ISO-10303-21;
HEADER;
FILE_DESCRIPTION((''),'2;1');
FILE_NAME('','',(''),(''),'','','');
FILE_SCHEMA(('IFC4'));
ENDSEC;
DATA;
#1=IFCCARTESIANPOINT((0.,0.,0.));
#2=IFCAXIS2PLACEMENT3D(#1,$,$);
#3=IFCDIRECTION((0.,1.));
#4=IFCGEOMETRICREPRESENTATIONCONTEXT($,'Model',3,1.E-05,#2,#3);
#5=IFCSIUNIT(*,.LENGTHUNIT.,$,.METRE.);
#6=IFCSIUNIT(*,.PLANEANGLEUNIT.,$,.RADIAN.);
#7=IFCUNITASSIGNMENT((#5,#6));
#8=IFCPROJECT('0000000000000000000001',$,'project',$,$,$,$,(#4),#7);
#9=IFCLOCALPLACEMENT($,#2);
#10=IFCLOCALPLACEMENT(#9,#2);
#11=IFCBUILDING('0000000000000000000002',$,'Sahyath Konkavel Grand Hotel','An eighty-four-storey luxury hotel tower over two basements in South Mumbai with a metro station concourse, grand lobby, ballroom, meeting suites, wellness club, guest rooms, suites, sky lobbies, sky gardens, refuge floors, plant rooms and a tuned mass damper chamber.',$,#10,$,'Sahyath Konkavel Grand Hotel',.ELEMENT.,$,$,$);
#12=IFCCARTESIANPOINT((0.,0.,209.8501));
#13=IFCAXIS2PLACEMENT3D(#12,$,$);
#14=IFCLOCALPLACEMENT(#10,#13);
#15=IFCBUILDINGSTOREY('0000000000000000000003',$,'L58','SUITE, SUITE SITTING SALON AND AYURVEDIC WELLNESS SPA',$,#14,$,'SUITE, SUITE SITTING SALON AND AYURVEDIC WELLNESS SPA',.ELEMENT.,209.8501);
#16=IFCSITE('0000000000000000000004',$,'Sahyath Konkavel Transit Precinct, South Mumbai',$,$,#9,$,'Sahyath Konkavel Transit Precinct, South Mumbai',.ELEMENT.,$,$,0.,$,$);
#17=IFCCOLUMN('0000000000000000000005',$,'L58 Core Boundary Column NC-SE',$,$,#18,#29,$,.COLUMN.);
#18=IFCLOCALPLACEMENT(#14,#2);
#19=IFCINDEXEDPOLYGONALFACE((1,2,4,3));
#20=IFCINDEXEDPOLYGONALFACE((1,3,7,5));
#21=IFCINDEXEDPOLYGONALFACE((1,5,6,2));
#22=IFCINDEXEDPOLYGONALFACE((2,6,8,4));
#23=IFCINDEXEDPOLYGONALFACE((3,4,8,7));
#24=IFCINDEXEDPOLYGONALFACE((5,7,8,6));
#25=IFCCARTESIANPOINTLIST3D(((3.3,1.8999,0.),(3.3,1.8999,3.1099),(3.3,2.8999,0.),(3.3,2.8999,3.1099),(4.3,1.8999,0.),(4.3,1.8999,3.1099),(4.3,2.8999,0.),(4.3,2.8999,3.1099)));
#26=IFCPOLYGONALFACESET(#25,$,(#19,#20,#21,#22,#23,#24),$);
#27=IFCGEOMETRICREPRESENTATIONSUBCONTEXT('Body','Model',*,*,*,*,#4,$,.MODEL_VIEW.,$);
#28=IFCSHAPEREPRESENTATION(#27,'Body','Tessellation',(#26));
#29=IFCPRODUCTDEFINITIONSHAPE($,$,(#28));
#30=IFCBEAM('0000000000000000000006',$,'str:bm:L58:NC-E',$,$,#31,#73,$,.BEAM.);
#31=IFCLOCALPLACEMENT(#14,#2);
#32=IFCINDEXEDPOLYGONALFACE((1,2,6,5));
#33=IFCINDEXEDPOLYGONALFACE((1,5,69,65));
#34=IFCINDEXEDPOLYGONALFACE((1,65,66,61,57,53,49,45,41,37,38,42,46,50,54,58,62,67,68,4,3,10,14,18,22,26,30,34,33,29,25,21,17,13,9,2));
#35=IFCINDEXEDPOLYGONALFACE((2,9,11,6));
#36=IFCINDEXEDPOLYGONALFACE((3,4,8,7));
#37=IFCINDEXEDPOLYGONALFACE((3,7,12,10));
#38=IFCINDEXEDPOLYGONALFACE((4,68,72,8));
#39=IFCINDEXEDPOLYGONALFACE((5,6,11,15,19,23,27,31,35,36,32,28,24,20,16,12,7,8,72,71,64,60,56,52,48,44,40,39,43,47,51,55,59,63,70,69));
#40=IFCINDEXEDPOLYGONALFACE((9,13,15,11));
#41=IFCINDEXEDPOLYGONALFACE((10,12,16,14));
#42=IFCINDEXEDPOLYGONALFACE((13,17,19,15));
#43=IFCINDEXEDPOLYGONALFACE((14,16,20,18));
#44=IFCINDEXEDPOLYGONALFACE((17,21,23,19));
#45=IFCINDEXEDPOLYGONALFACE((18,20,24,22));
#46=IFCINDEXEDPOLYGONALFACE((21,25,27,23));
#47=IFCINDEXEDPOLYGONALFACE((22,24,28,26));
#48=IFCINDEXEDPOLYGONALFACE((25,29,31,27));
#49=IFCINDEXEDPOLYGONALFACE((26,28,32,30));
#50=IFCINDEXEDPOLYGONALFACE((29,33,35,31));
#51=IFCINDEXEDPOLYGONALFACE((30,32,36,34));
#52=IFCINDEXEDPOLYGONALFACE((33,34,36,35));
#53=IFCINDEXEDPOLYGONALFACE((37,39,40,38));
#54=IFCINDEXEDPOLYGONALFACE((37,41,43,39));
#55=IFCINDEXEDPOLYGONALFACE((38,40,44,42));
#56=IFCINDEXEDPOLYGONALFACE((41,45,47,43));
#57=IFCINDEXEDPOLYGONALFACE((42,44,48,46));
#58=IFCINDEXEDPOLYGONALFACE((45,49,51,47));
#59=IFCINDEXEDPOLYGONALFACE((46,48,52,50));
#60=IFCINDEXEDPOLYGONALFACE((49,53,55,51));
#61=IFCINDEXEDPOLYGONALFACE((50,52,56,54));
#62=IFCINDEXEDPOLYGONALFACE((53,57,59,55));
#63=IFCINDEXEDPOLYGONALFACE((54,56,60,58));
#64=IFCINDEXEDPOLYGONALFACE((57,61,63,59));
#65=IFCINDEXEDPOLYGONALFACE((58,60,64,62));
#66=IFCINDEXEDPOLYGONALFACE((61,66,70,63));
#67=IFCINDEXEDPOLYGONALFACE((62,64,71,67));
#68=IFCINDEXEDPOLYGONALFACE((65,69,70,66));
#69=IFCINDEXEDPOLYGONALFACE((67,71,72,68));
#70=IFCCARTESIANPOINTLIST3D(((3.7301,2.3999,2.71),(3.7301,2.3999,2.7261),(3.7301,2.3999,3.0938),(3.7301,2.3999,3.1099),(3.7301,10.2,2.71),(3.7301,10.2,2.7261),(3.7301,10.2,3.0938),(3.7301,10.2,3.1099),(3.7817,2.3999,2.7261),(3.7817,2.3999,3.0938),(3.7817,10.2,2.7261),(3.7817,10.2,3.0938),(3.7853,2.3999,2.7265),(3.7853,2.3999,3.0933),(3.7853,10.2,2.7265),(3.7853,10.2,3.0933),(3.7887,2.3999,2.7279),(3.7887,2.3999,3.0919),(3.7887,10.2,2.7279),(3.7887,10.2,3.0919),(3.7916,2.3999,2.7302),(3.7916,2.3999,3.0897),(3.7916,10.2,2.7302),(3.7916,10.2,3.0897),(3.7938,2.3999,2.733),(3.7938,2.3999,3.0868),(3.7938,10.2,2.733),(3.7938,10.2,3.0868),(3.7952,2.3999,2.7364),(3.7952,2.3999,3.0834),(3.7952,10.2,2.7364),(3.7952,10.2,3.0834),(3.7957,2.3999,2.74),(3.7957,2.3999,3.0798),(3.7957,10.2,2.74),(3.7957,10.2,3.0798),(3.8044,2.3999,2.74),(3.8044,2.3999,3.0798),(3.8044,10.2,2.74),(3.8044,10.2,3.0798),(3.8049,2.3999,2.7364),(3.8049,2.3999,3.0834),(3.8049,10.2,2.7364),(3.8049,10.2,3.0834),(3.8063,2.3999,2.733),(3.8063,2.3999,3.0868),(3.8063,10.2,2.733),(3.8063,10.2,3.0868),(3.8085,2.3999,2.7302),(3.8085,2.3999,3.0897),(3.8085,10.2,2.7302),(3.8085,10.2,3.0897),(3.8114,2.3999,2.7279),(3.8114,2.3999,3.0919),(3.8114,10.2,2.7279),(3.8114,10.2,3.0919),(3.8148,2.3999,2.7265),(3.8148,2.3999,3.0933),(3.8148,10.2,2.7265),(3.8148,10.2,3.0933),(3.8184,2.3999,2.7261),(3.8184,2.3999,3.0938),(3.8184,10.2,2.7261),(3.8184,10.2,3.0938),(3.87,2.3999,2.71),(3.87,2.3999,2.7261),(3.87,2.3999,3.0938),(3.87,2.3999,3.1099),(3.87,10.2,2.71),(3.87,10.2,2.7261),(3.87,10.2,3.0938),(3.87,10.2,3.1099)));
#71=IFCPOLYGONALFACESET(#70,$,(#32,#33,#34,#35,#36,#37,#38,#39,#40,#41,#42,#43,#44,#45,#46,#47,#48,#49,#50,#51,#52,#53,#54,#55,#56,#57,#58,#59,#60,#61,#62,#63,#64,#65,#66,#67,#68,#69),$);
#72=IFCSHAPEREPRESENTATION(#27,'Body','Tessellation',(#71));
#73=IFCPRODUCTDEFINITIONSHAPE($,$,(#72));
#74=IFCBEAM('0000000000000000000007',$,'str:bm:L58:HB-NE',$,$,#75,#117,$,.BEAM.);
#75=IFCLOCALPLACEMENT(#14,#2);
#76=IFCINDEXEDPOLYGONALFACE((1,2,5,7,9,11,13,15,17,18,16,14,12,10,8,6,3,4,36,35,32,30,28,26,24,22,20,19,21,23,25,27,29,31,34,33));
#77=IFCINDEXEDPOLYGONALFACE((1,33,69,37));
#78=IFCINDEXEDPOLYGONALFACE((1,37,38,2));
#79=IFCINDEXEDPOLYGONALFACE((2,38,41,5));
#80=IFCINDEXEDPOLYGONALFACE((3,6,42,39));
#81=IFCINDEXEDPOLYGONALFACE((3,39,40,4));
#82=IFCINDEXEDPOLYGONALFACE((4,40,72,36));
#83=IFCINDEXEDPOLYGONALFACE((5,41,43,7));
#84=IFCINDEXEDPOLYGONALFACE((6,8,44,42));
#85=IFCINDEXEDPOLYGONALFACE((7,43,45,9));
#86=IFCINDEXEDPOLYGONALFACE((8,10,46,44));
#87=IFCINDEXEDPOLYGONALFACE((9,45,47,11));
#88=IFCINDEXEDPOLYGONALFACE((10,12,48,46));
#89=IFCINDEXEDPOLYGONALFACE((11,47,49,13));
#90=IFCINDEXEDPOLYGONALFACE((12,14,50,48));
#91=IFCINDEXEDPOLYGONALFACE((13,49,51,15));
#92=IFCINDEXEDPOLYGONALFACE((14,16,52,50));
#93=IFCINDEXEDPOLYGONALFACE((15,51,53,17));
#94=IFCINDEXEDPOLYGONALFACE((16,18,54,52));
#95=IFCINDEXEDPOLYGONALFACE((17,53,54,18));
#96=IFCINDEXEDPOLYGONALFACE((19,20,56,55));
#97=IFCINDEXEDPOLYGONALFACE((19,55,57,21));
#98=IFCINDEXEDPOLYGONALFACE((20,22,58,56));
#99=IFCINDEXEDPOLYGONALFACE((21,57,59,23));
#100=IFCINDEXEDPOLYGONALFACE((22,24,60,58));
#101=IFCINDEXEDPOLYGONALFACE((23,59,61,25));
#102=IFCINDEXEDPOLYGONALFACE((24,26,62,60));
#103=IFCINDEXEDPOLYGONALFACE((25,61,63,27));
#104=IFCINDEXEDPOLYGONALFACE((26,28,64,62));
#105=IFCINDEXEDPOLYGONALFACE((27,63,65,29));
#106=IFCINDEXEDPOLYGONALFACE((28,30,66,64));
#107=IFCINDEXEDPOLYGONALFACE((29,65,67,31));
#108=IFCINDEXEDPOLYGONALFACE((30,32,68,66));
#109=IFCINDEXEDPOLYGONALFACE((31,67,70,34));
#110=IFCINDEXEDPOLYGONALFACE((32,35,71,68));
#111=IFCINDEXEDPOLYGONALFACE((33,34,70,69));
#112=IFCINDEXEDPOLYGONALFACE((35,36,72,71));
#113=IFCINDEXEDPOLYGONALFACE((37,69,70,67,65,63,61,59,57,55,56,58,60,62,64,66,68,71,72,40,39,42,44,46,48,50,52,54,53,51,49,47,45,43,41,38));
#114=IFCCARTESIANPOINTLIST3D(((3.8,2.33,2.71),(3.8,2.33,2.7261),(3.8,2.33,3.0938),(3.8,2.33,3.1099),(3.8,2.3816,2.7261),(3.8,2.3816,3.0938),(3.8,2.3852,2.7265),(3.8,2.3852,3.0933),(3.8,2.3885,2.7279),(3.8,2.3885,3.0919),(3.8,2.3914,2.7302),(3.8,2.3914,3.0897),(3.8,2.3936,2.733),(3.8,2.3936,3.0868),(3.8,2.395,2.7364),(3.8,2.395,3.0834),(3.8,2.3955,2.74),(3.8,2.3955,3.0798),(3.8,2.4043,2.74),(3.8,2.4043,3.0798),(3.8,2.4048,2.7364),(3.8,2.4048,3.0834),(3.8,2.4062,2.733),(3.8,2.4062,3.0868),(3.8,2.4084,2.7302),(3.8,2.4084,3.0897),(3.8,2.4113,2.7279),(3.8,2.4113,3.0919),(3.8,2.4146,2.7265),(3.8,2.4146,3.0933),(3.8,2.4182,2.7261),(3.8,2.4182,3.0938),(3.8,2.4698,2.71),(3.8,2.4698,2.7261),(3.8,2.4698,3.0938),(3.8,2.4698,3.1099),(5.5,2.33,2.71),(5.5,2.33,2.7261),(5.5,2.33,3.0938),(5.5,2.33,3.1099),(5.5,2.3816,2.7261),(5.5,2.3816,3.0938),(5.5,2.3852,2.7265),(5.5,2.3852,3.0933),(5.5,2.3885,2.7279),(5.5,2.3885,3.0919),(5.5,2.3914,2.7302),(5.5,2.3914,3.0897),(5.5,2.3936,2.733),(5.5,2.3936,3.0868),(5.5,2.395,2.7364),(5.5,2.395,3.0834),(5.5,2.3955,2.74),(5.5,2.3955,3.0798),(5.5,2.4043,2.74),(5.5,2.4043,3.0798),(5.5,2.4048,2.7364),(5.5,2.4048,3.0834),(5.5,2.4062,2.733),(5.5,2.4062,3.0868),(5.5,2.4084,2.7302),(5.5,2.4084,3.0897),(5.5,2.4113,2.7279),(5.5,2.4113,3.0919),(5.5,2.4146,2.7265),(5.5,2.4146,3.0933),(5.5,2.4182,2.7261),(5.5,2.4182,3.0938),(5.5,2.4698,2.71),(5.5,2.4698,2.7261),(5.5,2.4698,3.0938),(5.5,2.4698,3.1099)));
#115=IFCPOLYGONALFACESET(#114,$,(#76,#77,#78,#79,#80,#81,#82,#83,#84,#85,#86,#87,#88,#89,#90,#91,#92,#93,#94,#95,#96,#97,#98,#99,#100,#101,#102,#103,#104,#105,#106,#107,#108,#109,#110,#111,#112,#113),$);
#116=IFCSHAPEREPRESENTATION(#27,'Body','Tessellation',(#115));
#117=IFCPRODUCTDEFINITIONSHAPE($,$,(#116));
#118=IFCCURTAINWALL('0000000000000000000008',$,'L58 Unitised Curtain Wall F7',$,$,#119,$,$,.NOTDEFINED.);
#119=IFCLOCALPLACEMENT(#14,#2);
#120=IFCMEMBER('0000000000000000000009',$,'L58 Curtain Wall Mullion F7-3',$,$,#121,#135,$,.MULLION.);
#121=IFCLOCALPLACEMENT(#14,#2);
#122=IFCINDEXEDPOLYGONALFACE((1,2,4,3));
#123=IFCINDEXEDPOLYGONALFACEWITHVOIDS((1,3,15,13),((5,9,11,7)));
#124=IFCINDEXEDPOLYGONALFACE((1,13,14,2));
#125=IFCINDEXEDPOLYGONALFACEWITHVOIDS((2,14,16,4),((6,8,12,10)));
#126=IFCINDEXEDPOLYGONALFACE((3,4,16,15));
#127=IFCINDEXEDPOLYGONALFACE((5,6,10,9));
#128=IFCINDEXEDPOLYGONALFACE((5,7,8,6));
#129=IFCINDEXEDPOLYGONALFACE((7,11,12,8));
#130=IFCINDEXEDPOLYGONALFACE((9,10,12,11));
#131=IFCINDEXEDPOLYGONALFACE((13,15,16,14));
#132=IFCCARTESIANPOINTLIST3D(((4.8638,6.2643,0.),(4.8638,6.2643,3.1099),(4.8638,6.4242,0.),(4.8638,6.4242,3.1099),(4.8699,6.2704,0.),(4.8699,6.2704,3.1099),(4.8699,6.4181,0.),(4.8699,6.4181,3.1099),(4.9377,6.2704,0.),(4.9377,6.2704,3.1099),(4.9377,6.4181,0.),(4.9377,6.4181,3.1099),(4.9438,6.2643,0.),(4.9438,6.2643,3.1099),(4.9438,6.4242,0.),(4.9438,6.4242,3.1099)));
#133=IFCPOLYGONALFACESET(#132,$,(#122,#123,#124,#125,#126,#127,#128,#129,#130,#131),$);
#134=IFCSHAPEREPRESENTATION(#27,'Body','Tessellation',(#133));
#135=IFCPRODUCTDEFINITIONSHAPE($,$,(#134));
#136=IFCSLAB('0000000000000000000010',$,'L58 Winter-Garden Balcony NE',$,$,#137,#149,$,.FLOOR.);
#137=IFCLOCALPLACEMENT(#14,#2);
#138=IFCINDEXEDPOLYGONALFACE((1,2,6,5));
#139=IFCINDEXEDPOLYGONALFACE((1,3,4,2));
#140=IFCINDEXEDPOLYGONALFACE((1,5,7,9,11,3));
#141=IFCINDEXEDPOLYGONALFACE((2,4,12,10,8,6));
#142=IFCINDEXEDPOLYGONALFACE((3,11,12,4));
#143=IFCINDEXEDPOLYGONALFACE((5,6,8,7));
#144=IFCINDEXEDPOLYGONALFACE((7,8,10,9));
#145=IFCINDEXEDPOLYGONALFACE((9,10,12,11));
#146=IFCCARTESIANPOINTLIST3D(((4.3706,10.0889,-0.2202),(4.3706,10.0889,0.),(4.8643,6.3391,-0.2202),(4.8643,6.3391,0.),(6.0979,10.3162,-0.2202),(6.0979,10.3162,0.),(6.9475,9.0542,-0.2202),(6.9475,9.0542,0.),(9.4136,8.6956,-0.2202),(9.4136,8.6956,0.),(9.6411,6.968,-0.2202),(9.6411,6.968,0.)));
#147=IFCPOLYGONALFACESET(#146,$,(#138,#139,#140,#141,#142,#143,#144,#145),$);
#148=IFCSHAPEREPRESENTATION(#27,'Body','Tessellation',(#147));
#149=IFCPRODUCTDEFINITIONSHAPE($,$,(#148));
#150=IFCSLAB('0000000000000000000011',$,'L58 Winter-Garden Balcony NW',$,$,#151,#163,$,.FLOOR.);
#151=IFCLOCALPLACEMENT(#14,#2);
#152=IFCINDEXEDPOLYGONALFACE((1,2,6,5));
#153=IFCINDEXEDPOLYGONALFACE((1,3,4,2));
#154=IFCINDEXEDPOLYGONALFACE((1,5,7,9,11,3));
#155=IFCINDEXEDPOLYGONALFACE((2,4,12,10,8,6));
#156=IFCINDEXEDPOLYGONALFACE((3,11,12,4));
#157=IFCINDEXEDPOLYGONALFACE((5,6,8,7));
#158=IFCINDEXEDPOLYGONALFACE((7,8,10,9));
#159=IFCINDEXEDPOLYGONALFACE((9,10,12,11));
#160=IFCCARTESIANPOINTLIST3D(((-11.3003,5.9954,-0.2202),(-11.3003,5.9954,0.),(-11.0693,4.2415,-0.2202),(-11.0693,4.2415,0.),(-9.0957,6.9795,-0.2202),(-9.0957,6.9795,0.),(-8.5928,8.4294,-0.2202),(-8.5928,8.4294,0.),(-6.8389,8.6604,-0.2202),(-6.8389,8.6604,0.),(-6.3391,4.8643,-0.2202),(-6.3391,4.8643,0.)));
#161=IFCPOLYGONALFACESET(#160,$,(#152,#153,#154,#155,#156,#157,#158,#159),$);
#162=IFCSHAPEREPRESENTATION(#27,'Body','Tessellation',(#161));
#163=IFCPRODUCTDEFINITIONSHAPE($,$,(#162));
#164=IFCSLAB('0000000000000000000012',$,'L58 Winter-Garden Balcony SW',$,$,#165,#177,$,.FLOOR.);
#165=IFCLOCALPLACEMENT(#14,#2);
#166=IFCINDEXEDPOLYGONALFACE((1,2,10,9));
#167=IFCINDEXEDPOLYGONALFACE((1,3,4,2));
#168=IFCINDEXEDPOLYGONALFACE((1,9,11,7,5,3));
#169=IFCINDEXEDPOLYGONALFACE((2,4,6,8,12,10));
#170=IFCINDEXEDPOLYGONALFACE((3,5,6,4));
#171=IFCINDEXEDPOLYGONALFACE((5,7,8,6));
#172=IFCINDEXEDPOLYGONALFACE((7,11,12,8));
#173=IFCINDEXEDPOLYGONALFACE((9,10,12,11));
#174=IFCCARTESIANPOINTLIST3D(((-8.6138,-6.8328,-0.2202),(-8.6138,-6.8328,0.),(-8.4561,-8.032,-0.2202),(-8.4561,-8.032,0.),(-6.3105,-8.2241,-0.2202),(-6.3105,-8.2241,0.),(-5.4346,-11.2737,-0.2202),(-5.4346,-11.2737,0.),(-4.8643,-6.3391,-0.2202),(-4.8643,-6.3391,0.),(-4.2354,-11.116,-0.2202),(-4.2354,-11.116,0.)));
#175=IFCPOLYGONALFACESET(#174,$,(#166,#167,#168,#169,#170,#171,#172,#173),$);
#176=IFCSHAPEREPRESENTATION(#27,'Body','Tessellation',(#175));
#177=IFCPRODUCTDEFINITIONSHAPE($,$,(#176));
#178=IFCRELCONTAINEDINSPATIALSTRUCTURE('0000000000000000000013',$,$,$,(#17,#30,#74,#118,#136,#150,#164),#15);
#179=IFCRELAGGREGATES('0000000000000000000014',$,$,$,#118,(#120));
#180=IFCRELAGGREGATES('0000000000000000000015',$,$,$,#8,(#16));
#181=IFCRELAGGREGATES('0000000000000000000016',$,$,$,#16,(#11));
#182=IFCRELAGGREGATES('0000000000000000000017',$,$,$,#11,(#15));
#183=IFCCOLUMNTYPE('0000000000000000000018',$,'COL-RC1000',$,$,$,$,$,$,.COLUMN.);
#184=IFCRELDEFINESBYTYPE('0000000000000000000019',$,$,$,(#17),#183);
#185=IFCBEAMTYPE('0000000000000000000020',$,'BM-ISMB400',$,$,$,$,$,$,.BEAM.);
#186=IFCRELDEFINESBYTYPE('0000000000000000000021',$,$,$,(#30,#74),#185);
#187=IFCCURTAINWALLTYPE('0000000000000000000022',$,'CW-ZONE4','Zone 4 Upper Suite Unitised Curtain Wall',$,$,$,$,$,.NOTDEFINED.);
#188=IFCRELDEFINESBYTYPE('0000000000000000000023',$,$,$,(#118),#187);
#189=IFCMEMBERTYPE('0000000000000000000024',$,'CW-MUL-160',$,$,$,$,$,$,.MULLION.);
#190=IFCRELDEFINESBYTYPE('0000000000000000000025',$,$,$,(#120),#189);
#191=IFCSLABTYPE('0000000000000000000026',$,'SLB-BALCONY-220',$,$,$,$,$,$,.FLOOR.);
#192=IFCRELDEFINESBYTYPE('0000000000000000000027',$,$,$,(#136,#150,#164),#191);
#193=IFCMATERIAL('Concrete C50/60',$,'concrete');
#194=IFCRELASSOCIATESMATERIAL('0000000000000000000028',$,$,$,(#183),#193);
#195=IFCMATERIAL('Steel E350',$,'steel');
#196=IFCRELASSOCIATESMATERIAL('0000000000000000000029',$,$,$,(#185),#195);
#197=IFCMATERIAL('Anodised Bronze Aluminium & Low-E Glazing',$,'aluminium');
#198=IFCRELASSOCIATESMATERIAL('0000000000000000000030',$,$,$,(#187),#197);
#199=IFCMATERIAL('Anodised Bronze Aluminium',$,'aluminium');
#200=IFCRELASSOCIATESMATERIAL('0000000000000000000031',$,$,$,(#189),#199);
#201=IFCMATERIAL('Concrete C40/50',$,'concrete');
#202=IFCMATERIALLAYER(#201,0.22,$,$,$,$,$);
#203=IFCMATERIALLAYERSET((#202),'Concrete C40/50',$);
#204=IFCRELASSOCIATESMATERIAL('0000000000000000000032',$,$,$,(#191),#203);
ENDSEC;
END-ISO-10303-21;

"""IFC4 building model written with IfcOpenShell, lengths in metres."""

from ifc_helpers import new_model, si_unit, direction, frame, origin, origin_2d, place, context, subcontext, project, spatial, polyline, rectangle, hollow_rectangle, i_section, outline, extrude, source, transform, mapped, material, layer, layer_set, material_profile, profile_set, type_object, element, aggregate, save


model = new_model("IFC4")

# Units and contexts
model_context = context("Model", 3, precision=1e-05, world=origin(), true_north=direction((0.0, 1.0)))
body_context = subcontext(model_context, "Body", "Model", "MODEL_VIEW")
ifc_project = project(units=[si_unit("LENGTHUNIT", "METRE"), si_unit("PLANEANGLEUNIT", "RADIAN")], contexts=[model_context])

# Site, building, storey
site_placement = place(None, origin())
site = spatial("IfcSite", under=ifc_project, at=site_placement, Name="Sahyath Konkavel Transit Precinct, South Mumbai", LongName="Sahyath Konkavel Transit Precinct, South Mumbai", CompositionType="ELEMENT", RefElevation=0.0)
building_placement = place(site_placement, origin())
building = spatial("IfcBuilding", under=site, at=building_placement, Name="Sahyath Konkavel Grand Hotel", Description="An eighty-four-storey luxury hotel tower over two basements in South Mumbai with a metro station concourse, grand lobby, ballroom, meeting suites, wellness club, guest rooms, suites, sky lobbies, sky gardens, refuge floors, plant rooms and a tuned mass damper chamber.", LongName="Sahyath Konkavel Grand Hotel", CompositionType="ELEMENT")
storey_placement = place(building_placement, frame((0.0, 0.0, 209.8501)))
storey = spatial("IfcBuildingStorey", under=building, at=storey_placement, Name="L58", Description="SUITE, SUITE SITTING SALON AND AYURVEDIC WELLNESS SPA", LongName="SUITE, SUITE SITTING SALON AND AYURVEDIC WELLNESS SPA", CompositionType="ELEMENT", Elevation=209.8501)

# Column
ifc_material_1 = material(Name="Concrete C50/60", Category="concrete")
ifc_material_profile_1 = material_profile(ifc_material_1, rectangle(XDim=1.0, YDim=1.0, at=origin_2d()), Name="RC 1000x1000")
ifc_profile_set_1 = profile_set([ifc_material_profile_1], Name="Concrete C50/60")
column_type = type_object("IfcColumnType", Name="COL-RC1000", PredefinedType="COLUMN", material=ifc_profile_set_1)
shared_shape_1 = source(origin(), body_context, "Body", "SweptSolid", [
    extrude(rectangle(XDim=1.0, YDim=1.0, at=origin_2d()), origin(), (0.0, 0.0, 1.0), 3.1099),
])
column_placement = place(storey_placement, frame((3.8, 2.3999, 0.0), z_axis=(0.0, 0.0, 1.0), x_axis=(1.0, 0.0, 0.0)))
element("IfcColumn", 1, at=column_placement, inside=storey, type_object=column_type, Name="L58 Core Boundary Column NC-SE", PredefinedType="COLUMN", context=body_context, shape_type="MappedRepresentation", body=[
    mapped(shared_shape_1, transform((0.0, 0.0, 0.0), scale=1.0)),
])

# Beams
ifc_material_2 = material(Name="Steel E350", Category="steel")
ifc_material_profile_2 = material_profile(ifc_material_2, i_section(OverallWidth=0.1399, OverallDepth=0.3999, WebThickness=0.0088, FlangeThickness=0.0161, FilletRadius=0.0139, at=origin_2d()), Name="ISMB 400")
ifc_profile_set_2 = profile_set([ifc_material_profile_2], Name="Steel E350")
beam_type = type_object("IfcBeamType", Name="BM-ISMB400", PredefinedType="BEAM", material=ifc_profile_set_2)
shared_shape_2 = source(origin(), body_context, "Body", "SweptSolid", [
    extrude(i_section(OverallWidth=0.1399, OverallDepth=0.3999, WebThickness=0.0088, FlangeThickness=0.0161, FilletRadius=0.0139, at=origin_2d()), origin(), (0.0, 0.0, 1.0), 7.8),
])
beam_1_placement = place(storey_placement, frame((3.8, 2.3999, 2.9099), z_axis=(0.0, 1.0, 0.0), x_axis=(-1.0, 0.0, 0.0)))
element("IfcBeam", 2, at=beam_1_placement, inside=storey, type_object=beam_type, Name="str:bm:L58:NC-E", PredefinedType="BEAM", context=body_context, shape_type="MappedRepresentation", body=[
    mapped(shared_shape_2, transform((0.0, 0.0, 0.0), scale=1.0)),
])
shared_shape_3 = source(origin(), body_context, "Body", "SweptSolid", [
    extrude(i_section(OverallWidth=0.1399, OverallDepth=0.3999, WebThickness=0.0088, FlangeThickness=0.0161, FilletRadius=0.0139, at=origin_2d()), origin(), (0.0, 0.0, 1.0), 1.7),
])
beam_2_placement = place(storey_placement, frame((3.8, 2.3999, 2.9099), z_axis=(1.0, 0.0, 0.0), x_axis=(0.0, 1.0, 0.0)))
element("IfcBeam", 3, at=beam_2_placement, inside=storey, type_object=beam_type, Name="str:bm:L58:HB-NE", PredefinedType="BEAM", context=body_context, shape_type="MappedRepresentation", body=[
    mapped(shared_shape_3, transform((0.0, 0.0, 0.0), scale=1.0)),
])

# Curtain wall, member
ifc_material_3 = material(Name="Anodised Bronze Aluminium & Low-E Glazing", Category="aluminium")
curtain_wall_type = type_object("IfcCurtainWallType", Name="CW-ZONE4", Description="Zone 4 Upper Suite Unitised Curtain Wall", PredefinedType="NOTDEFINED", material=ifc_material_3)
curtain_wall_placement = place(storey_placement, origin())
curtain_wall = element("IfcCurtainWall", 4, at=curtain_wall_placement, inside=storey, type_object=curtain_wall_type, Name="L58 Unitised Curtain Wall F7", PredefinedType="NOTDEFINED")
ifc_material_4 = material(Name="Anodised Bronze Aluminium", Category="aluminium")
ifc_material_profile_3 = material_profile(ifc_material_4, hollow_rectangle(XDim=0.0801, YDim=0.1599, WallThickness=0.0061, at=origin_2d()), Name="RHS 160x80x6")
ifc_profile_set_3 = profile_set([ifc_material_profile_3], Name="Anodised Bronze Aluminium")
member_type = type_object("IfcMemberType", Name="CW-MUL-160", PredefinedType="MULLION", material=ifc_profile_set_3)
shared_shape_4 = source(origin(), body_context, "Body", "SweptSolid", [
    extrude(hollow_rectangle(XDim=0.0801, YDim=0.1599, WallThickness=0.0061, at=origin_2d()), origin(), (0.0, 0.0, 1.0), 3.1099),
])
member_placement = place(storey_placement, frame((4.9038, 6.3442, 0.0), z_axis=(0.0, 0.0, 1.0), x_axis=(1.0, 0.0, 0.0)))
member = element("IfcMember", 5, at=member_placement, type_object=member_type, Name="L58 Curtain Wall Mullion F7-3", PredefinedType="MULLION", context=body_context, shape_type="MappedRepresentation", body=[
    mapped(shared_shape_4, transform((0.0, 0.0, 0.0), scale=1.0)),
])
aggregate(curtain_wall, [member])

# Slabs
ifc_material_5 = material(Name="Concrete C40/50", Category="concrete")
ifc_layer_1 = layer(ifc_material_5, 0.22)
ifc_layer_set_1 = layer_set([ifc_layer_1], Name="Concrete C40/50")
slab_type_1 = type_object("IfcSlabType", Name="SLB-BALCONY-220", PredefinedType="FLOOR", material=ifc_layer_set_1)
slab_1_placement = place(storey_placement, frame((0.0, 0.0, -0.2202)))
element("IfcSlab", 6, at=slab_1_placement, inside=storey, type_object=slab_type_1, Name="L58 Winter-Garden Balcony NE", PredefinedType="FLOOR", context=body_context, shape_type="SweptSolid", body=[
    extrude(outline(polyline([(4.8643, 6.3391), (9.6411, 6.968), (9.4136, 8.6956), (6.9475, 9.0542), (6.0979, 10.3162), (4.3706, 10.0889), (4.8643, 6.3391)])), origin(), (0.0, 0.0, 1.0), 0.2202),
])
slab_2_placement = place(storey_placement, frame((0.0, 0.0, -0.2202)))
element("IfcSlab", 7, at=slab_2_placement, inside=storey, type_object=slab_type_1, Name="L58 Winter-Garden Balcony NW", PredefinedType="FLOOR", context=body_context, shape_type="SweptSolid", body=[
    extrude(outline(polyline([(-6.3391, 4.8643), (-6.8389, 8.6604), (-8.5928, 8.4294), (-9.0957, 6.9795), (-11.3003, 5.9954), (-11.0693, 4.2415), (-6.3391, 4.8643)])), origin(), (0.0, 0.0, 1.0), 0.2202),
])
slab_3_placement = place(storey_placement, frame((0.0, 0.0, -0.2202)))
element("IfcSlab", 8, at=slab_3_placement, inside=storey, type_object=slab_type_1, Name="L58 Winter-Garden Balcony SW", PredefinedType="FLOOR", context=body_context, shape_type="SweptSolid", body=[
    extrude(outline(polyline([(-4.8643, -6.3391), (-8.6138, -6.8328), (-8.4561, -8.032), (-6.3105, -8.2241), (-5.4346, -11.2737), (-4.2354, -11.116), (-4.8643, -6.3391)])), origin(), (0.0, 0.0, 1.0), 0.2202),
])

save(model, "model.ifc")
